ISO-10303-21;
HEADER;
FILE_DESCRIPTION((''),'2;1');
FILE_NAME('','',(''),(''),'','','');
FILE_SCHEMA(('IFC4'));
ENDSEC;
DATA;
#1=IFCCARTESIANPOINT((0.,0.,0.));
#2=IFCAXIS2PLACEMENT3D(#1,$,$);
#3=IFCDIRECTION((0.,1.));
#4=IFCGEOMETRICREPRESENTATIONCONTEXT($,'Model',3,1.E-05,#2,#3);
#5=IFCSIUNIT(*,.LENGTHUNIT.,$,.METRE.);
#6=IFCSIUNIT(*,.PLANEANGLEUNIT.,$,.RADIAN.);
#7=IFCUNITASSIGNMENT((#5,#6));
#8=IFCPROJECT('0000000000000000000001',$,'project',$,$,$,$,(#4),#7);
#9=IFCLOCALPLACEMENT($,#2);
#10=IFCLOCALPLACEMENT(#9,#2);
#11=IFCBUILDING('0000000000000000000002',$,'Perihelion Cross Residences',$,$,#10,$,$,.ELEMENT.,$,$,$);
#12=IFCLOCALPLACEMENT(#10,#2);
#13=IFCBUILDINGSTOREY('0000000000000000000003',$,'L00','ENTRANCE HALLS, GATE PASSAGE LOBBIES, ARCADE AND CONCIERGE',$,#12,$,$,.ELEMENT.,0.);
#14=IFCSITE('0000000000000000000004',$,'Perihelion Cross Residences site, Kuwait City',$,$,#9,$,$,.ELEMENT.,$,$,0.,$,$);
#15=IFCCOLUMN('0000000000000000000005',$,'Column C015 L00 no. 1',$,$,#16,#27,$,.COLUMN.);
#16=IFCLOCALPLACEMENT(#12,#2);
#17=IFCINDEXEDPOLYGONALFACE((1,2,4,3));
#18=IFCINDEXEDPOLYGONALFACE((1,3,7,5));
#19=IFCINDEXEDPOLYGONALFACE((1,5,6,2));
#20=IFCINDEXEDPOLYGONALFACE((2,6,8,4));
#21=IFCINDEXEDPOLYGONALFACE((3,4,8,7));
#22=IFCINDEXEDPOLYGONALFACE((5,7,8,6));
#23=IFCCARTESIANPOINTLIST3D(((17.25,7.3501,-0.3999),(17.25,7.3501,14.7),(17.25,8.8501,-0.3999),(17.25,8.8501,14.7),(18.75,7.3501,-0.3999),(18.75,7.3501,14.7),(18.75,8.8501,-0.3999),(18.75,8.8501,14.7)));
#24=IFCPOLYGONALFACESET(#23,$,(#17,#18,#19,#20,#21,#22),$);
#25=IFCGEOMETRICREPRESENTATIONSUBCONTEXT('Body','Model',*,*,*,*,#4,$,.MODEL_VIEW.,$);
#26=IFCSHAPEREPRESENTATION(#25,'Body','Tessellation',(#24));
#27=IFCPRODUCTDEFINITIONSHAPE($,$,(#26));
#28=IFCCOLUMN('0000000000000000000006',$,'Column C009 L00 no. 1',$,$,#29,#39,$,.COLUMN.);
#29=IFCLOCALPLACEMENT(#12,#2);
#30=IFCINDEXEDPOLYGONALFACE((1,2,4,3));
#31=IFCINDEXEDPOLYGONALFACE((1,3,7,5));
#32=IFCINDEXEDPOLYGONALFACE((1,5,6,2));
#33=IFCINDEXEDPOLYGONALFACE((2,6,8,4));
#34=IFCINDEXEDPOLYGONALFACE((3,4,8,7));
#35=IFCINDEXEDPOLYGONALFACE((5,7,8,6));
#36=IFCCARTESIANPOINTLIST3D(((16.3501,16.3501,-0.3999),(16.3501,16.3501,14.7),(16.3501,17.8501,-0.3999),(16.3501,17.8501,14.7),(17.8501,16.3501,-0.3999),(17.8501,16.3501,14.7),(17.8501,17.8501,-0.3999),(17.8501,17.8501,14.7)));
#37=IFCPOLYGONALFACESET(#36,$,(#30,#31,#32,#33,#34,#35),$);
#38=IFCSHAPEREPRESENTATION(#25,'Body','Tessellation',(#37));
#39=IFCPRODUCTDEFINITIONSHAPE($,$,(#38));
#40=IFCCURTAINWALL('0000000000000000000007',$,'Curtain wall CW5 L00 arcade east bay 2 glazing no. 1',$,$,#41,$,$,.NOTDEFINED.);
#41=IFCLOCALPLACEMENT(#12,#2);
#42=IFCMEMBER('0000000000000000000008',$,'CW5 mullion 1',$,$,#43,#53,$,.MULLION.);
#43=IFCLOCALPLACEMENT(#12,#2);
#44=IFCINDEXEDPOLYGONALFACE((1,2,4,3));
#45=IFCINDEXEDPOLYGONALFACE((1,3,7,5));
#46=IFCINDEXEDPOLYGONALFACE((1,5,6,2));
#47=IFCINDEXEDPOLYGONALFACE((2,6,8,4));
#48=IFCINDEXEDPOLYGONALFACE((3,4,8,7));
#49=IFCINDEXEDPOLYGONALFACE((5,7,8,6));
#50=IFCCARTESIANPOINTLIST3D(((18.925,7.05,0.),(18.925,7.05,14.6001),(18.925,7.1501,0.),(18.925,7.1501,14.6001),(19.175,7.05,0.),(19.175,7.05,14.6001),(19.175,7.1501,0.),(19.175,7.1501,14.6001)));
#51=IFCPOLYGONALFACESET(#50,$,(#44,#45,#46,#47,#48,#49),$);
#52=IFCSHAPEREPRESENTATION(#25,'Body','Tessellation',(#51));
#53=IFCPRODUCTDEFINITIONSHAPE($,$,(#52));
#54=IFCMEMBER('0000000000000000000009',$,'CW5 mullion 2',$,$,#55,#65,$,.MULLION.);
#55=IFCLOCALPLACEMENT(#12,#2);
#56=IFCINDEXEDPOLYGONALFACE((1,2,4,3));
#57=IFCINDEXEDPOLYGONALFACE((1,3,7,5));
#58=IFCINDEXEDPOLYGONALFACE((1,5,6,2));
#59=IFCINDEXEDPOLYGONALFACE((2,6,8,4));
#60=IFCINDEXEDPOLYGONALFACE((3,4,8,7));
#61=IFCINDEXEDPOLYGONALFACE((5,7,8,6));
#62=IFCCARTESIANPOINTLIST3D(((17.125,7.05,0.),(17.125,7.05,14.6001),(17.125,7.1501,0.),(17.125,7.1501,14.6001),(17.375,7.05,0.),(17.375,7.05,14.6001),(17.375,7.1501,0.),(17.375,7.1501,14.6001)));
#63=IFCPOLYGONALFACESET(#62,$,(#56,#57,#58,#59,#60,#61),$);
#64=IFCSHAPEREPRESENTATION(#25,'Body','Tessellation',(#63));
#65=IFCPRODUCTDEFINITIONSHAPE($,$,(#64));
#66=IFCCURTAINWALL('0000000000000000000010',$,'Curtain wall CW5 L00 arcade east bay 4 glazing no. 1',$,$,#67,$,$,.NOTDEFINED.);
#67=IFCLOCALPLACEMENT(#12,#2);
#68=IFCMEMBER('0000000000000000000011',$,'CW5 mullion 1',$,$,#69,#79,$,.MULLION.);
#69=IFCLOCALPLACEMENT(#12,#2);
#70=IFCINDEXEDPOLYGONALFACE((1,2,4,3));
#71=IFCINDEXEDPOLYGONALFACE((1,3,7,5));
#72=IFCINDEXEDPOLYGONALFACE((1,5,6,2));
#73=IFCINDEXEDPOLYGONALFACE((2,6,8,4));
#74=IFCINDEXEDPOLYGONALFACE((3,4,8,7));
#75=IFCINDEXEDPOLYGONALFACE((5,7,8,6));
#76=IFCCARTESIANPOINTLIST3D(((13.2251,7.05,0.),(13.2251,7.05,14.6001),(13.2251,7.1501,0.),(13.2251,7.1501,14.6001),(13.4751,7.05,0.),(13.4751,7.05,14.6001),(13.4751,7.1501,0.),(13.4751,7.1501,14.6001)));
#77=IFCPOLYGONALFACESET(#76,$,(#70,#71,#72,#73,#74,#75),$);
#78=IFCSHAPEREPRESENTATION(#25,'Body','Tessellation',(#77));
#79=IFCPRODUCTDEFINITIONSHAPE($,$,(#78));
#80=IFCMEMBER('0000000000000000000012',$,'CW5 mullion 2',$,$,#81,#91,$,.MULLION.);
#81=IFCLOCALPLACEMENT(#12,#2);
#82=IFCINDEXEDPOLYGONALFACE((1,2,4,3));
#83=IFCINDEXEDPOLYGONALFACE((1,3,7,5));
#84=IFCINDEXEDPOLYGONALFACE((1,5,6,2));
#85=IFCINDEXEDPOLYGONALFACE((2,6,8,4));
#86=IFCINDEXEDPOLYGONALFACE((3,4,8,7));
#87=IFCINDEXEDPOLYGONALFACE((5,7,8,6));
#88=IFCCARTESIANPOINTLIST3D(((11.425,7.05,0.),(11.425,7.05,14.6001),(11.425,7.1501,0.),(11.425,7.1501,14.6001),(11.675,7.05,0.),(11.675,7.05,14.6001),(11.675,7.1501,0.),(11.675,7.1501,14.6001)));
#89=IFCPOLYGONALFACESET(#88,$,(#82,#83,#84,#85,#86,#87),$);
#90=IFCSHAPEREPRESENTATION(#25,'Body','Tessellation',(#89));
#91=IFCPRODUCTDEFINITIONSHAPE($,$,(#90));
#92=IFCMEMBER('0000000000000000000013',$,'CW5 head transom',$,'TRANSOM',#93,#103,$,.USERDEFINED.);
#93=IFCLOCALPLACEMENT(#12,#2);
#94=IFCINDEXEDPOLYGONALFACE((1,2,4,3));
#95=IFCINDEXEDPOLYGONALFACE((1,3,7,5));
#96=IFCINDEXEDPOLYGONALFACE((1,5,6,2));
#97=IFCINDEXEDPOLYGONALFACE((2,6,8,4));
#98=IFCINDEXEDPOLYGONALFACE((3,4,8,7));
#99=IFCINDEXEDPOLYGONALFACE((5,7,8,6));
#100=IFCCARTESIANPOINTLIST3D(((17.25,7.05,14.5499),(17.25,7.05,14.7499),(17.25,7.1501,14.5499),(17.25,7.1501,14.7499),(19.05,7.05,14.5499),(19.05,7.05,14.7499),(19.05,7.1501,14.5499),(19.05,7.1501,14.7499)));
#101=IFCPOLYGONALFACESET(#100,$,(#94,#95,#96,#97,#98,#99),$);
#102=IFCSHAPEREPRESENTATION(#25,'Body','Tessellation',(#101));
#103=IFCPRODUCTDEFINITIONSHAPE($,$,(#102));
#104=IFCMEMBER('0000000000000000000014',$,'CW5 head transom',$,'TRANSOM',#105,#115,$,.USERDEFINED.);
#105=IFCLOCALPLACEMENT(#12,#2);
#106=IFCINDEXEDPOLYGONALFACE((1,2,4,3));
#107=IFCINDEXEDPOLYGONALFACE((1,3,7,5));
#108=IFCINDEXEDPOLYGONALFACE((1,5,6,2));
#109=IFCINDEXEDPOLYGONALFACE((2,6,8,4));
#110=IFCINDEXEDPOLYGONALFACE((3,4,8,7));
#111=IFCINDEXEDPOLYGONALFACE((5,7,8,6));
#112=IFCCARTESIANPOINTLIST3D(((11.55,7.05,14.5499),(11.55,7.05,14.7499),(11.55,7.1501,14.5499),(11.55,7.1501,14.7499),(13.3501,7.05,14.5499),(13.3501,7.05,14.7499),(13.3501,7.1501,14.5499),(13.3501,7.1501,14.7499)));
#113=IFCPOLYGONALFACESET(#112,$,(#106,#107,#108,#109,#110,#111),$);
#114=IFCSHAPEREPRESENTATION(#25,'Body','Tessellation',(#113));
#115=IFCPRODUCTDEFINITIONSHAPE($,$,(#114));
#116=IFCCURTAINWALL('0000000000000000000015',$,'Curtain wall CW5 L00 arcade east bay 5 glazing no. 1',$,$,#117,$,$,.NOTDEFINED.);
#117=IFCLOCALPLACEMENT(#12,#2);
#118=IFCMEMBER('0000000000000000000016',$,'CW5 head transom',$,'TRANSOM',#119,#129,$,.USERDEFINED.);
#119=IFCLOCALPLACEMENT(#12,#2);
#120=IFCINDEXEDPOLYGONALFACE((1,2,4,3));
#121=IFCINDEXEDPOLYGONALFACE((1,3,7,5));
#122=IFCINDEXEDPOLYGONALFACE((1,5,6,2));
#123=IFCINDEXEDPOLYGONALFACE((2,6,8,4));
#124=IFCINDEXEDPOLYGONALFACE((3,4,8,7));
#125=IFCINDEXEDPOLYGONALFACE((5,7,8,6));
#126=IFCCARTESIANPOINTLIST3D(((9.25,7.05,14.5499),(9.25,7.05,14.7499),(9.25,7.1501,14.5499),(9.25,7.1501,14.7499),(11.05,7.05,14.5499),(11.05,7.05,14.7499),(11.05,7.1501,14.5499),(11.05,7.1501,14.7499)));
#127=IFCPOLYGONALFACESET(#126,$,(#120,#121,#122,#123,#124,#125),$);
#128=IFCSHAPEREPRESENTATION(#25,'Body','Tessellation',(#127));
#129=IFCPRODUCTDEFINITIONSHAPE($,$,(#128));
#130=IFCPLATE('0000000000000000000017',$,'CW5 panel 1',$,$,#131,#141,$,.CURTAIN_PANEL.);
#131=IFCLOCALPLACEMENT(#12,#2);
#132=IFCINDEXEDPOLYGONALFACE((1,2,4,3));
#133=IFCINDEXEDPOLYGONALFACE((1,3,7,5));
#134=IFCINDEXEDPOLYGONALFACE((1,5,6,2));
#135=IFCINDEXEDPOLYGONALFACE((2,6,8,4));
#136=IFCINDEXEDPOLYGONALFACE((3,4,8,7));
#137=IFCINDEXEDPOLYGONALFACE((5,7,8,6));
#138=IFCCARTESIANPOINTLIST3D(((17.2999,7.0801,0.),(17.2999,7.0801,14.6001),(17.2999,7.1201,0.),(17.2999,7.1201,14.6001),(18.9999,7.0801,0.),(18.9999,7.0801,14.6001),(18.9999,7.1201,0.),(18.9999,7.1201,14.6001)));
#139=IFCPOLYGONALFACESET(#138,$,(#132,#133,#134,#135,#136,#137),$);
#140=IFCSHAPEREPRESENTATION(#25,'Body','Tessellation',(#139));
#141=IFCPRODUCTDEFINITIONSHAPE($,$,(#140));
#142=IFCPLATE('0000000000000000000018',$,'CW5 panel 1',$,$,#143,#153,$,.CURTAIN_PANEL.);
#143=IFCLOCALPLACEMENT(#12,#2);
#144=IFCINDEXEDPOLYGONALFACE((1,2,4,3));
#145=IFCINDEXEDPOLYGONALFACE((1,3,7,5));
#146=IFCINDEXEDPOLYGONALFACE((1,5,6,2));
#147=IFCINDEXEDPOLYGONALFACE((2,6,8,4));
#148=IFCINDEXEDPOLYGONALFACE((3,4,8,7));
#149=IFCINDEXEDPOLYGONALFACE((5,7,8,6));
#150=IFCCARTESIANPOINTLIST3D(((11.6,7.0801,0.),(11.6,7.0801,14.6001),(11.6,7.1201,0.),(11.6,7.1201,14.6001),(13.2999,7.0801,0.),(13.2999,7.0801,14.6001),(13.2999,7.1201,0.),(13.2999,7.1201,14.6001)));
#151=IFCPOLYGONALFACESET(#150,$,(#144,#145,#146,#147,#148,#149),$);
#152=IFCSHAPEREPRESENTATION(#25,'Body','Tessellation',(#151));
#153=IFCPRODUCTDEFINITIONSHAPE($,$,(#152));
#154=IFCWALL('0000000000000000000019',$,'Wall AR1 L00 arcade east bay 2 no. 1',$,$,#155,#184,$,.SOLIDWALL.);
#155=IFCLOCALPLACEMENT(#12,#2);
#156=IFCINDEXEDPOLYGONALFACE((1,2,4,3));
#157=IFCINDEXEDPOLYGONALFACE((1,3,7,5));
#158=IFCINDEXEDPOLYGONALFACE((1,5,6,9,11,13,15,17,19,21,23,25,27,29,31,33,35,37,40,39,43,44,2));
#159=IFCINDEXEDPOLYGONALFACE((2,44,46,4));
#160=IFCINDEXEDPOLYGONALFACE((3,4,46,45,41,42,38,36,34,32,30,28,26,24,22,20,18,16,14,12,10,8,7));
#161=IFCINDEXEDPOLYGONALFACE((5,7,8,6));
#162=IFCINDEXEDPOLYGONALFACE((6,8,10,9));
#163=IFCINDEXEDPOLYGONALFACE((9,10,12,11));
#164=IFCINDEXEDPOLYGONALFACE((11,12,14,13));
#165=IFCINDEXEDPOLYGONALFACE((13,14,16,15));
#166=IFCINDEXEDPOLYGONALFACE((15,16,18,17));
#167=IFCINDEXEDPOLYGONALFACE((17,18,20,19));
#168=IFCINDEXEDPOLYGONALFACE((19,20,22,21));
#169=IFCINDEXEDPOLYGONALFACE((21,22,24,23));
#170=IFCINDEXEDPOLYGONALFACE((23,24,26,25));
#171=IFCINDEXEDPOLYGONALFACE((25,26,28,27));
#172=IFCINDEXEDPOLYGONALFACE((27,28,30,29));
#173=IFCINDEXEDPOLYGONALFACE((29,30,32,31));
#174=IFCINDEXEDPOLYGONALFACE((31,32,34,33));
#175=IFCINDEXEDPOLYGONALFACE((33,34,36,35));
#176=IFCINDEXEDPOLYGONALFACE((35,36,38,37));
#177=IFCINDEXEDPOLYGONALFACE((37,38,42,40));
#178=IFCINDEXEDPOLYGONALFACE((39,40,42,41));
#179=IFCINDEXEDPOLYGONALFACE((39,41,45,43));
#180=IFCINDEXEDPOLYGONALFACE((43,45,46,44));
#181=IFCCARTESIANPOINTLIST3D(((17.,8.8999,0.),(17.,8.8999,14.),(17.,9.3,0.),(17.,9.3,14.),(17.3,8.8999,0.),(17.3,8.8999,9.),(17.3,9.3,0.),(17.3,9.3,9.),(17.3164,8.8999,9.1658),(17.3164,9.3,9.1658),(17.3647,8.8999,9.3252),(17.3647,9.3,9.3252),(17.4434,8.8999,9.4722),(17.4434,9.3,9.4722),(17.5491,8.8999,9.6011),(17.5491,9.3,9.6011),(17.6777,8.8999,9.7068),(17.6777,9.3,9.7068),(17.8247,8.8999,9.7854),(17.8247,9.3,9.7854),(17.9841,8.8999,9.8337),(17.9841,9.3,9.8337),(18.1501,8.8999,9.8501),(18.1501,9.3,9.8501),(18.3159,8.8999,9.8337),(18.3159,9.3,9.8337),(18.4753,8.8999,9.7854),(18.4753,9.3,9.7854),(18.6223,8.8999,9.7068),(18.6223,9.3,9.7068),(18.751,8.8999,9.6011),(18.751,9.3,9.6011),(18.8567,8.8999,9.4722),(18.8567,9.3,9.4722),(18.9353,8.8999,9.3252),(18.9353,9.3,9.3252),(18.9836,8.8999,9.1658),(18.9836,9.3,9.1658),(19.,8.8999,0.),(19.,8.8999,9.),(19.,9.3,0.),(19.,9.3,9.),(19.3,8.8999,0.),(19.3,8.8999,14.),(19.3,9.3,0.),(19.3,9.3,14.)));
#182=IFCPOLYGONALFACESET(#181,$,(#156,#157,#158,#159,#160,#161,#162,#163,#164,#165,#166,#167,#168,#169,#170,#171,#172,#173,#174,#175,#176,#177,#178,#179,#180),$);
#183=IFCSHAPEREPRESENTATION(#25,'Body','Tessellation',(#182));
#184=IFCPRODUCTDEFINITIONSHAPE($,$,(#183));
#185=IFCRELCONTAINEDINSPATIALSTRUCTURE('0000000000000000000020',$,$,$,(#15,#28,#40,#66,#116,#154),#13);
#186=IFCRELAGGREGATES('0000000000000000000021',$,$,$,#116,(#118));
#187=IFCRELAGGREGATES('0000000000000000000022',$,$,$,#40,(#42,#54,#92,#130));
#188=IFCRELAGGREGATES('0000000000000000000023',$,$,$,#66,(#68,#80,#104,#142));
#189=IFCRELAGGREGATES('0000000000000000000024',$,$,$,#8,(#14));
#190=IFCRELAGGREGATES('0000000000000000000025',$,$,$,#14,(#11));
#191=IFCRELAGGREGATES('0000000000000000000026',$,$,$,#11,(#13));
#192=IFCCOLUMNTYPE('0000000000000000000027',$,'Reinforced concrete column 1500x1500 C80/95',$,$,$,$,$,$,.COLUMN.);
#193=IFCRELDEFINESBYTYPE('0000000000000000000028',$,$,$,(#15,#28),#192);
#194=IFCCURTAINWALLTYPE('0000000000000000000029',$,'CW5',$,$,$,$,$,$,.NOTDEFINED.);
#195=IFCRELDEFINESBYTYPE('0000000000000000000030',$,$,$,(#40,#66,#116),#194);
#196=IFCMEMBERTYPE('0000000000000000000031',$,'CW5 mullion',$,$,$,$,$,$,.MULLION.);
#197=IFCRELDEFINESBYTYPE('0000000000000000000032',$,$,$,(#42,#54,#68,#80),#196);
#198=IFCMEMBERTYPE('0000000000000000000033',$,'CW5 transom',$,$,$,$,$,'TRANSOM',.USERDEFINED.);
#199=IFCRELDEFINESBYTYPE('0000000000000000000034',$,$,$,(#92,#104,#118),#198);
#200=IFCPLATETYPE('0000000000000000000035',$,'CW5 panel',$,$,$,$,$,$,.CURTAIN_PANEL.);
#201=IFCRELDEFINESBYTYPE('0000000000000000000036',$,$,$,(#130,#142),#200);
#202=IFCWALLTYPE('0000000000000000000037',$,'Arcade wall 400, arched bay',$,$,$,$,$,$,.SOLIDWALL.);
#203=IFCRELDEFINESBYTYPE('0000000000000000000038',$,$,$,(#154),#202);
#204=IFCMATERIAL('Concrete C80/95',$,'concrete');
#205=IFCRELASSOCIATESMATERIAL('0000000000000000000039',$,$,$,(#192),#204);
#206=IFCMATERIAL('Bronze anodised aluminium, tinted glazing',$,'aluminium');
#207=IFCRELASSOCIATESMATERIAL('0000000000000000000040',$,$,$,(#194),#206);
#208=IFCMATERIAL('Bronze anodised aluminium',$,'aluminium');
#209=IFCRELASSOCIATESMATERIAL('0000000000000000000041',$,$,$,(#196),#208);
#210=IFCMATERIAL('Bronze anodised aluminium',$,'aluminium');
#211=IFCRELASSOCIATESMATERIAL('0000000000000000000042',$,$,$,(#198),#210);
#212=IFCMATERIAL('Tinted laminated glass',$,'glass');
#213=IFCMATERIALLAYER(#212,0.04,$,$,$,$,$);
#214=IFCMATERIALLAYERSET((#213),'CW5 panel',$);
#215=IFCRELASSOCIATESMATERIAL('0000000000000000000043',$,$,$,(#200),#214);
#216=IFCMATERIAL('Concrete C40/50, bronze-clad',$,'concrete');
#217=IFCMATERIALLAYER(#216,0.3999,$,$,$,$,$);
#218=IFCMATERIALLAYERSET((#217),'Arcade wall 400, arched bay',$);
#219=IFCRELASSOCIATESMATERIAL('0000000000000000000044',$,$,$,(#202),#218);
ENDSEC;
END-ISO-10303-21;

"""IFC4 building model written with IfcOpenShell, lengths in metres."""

from ifc_helpers import new_model, si_unit, direction, frame, origin, origin_2d, place, context, subcontext, project, spatial, polyline, rectangle, outline, extrude, material, layer, layer_set, material_profile, profile_set, type_object, element, aggregate, save


model = new_model("IFC4")

# Units and contexts
model_context = context("Model", 3, precision=1e-05, world=origin(), true_north=direction((0.0, 1.0)))
body_context = subcontext(model_context, "Body", "Model", "MODEL_VIEW")
ifc_project = project(units=[si_unit("LENGTHUNIT", "METRE"), si_unit("PLANEANGLEUNIT", "RADIAN")], contexts=[model_context])

# Site, building, storey
site_placement = place(None, origin())
site = spatial("IfcSite", under=ifc_project, at=site_placement, Name="Perihelion Cross Residences site, Kuwait City", CompositionType="ELEMENT", RefElevation=0.0)
building_placement = place(site_placement, origin())
building = spatial("IfcBuilding", under=site, at=building_placement, Name="Perihelion Cross Residences", CompositionType="ELEMENT")
storey_placement = place(building_placement, origin())
storey = spatial("IfcBuildingStorey", under=building, at=storey_placement, Name="L00", Description="ENTRANCE HALLS, GATE PASSAGE LOBBIES, ARCADE AND CONCIERGE", CompositionType="ELEMENT", Elevation=0.0)

# Columns
ifc_material_1 = material(Name="Concrete C80/95", Category="concrete")
ifc_material_profile_1 = material_profile(ifc_material_1, rectangle(XDim=1.5, YDim=1.5, at=origin_2d()), Name="RC 1500x1500")
ifc_profile_set_1 = profile_set([ifc_material_profile_1], Name="Concrete C80/95")
column_type = type_object("IfcColumnType", Name="Reinforced concrete column 1500x1500 C80/95", PredefinedType="COLUMN", material=ifc_profile_set_1)
for number, where, z_axis, x_axis, name in (
    (1, (18.0, 8.1001, -0.3999), (0.0, 0.0, 1.0), (1.0, 0.0, 0.0), "Column C015 L00 no. 1"),
    (2, (17.1001, 17.1001, -0.3999), (0.0, 0.0, 1.0), (1.0, 0.0, 0.0), "Column C009 L00 no. 1"),
):
    element("IfcColumn", number, at=place(storey_placement, frame(where, z_axis=z_axis, x_axis=x_axis)), inside=storey, type_object=column_type, Name=name, PredefinedType="COLUMN", context=body_context, shape_type="SweptSolid", body=[
        extrude(rectangle(XDim=1.5, YDim=1.5, at=origin_2d()), origin(), (0.0, 0.0, 1.0), 15.0999),
    ])

# Curtain walls, members
ifc_material_2 = material(Name="Bronze anodised aluminium, tinted glazing", Category="aluminium")
curtain_wall_type = type_object("IfcCurtainWallType", Name="CW5", PredefinedType="NOTDEFINED", material=ifc_material_2)
curtain_wall_1_placement = place(storey_placement, origin())
curtain_wall_1 = element("IfcCurtainWall", 3, at=curtain_wall_1_placement, inside=storey, type_object=curtain_wall_type, Name="Curtain wall CW5 L00 arcade east bay 2 glazing no. 1", PredefinedType="NOTDEFINED")
ifc_material_3 = material(Name="Bronze anodised aluminium", Category="aluminium")
ifc_material_profile_2 = material_profile(ifc_material_3, rectangle(XDim=0.1001, YDim=0.25, at=origin_2d()), Name="CW5 mullion")
ifc_profile_set_2 = profile_set([ifc_material_profile_2], Name="Bronze anodised aluminium")
member_type_1 = type_object("IfcMemberType", Name="CW5 mullion", PredefinedType="MULLION", material=ifc_profile_set_2)
member_1_placement = place(storey_placement, frame((19.05, 7.1001, 0.0), z_axis=(0.0, 0.0, 1.0), x_axis=(0.0, -1.0, 0.0)))
member_1 = element("IfcMember", 4, at=member_1_placement, type_object=member_type_1, Name="CW5 mullion 1", PredefinedType="MULLION", context=body_context, shape_type="SweptSolid", body=[
    extrude(rectangle(XDim=0.1001, YDim=0.25, at=origin_2d()), origin(), (0.0, 0.0, 1.0), 14.6001),
])
member_2_placement = place(storey_placement, frame((17.25, 7.1001, 0.0), z_axis=(0.0, 0.0, 1.0), x_axis=(0.0, -1.0, 0.0)))
member_2 = element("IfcMember", 5, at=member_2_placement, type_object=member_type_1, Name="CW5 mullion 2", PredefinedType="MULLION", context=body_context, shape_type="SweptSolid", body=[
    extrude(rectangle(XDim=0.1001, YDim=0.25, at=origin_2d()), origin(), (0.0, 0.0, 1.0), 14.6001),
])
curtain_wall_2_placement = place(storey_placement, origin())
curtain_wall_2 = element("IfcCurtainWall", 6, at=curtain_wall_2_placement, inside=storey, type_object=curtain_wall_type, Name="Curtain wall CW5 L00 arcade east bay 4 glazing no. 1", PredefinedType="NOTDEFINED")
member_3_placement = place(storey_placement, frame((13.3501, 7.1001, 0.0), z_axis=(0.0, 0.0, 1.0), x_axis=(0.0, -1.0, 0.0)))
member_3 = element("IfcMember", 7, at=member_3_placement, type_object=member_type_1, Name="CW5 mullion 1", PredefinedType="MULLION", context=body_context, shape_type="SweptSolid", body=[
    extrude(rectangle(XDim=0.1001, YDim=0.25, at=origin_2d()), origin(), (0.0, 0.0, 1.0), 14.6001),
])
member_4_placement = place(storey_placement, frame((11.55, 7.1001, 0.0), z_axis=(0.0, 0.0, 1.0), x_axis=(0.0, -1.0, 0.0)))
member_4 = element("IfcMember", 8, at=member_4_placement, type_object=member_type_1, Name="CW5 mullion 2", PredefinedType="MULLION", context=body_context, shape_type="SweptSolid", body=[
    extrude(rectangle(XDim=0.1001, YDim=0.25, at=origin_2d()), origin(), (0.0, 0.0, 1.0), 14.6001),
])

# Members
ifc_material_4 = material(Name="Bronze anodised aluminium", Category="aluminium")
ifc_material_profile_3 = material_profile(ifc_material_4, rectangle(XDim=0.1001, YDim=0.2, at=origin_2d()), Name="CW5 transom")
ifc_profile_set_3 = profile_set([ifc_material_profile_3], Name="Bronze anodised aluminium")
member_type_2 = type_object("IfcMemberType", Name="CW5 transom", ElementType="TRANSOM", PredefinedType="USERDEFINED", material=ifc_profile_set_3)
member_5_placement = place(storey_placement, frame((19.05, 7.1001, 14.6499), z_axis=(-1.0, 0.0, 0.0), x_axis=(0.0, -1.0, 0.0)))
member_5 = element("IfcMember", 9, at=member_5_placement, type_object=member_type_2, Name="CW5 head transom", ObjectType="TRANSOM", PredefinedType="USERDEFINED", context=body_context, shape_type="SweptSolid", body=[
    extrude(rectangle(XDim=0.1001, YDim=0.2, at=origin_2d()), origin(), (0.0, 0.0, 1.0), 1.8),
])
member_6_placement = place(storey_placement, frame((13.3501, 7.1001, 14.6499), z_axis=(-1.0, 0.0, 0.0), x_axis=(0.0, -1.0, 0.0)))
member_6 = element("IfcMember", 10, at=member_6_placement, type_object=member_type_2, Name="CW5 head transom", ObjectType="TRANSOM", PredefinedType="USERDEFINED", context=body_context, shape_type="SweptSolid", body=[
    extrude(rectangle(XDim=0.1001, YDim=0.2, at=origin_2d()), origin(), (0.0, 0.0, 1.0), 1.8),
])

# Curtain wall, member
curtain_wall_3_placement = place(storey_placement, origin())
curtain_wall_3 = element("IfcCurtainWall", 11, at=curtain_wall_3_placement, inside=storey, type_object=curtain_wall_type, Name="Curtain wall CW5 L00 arcade east bay 5 glazing no. 1", PredefinedType="NOTDEFINED")
member_7_placement = place(storey_placement, frame((11.05, 7.1001, 14.6499), z_axis=(-1.0, 0.0, 0.0), x_axis=(0.0, -1.0, 0.0)))
member_7 = element("IfcMember", 12, at=member_7_placement, type_object=member_type_2, Name="CW5 head transom", ObjectType="TRANSOM", PredefinedType="USERDEFINED", context=body_context, shape_type="SweptSolid", body=[
    extrude(rectangle(XDim=0.1001, YDim=0.2, at=origin_2d()), origin(), (0.0, 0.0, 1.0), 1.8),
])
aggregate(curtain_wall_3, [member_7])

# Plates
ifc_material_5 = material(Name="Tinted laminated glass", Category="glass")
ifc_layer_1 = layer(ifc_material_5, 0.04)
ifc_layer_set_1 = layer_set([ifc_layer_1], Name="CW5 panel")
plate_type = type_object("IfcPlateType", Name="CW5 panel", PredefinedType="CURTAIN_PANEL", material=ifc_layer_set_1)
plate_1_placement = place(storey_placement, frame((18.1499, 7.1001, 0.0), z_axis=(0.0, 0.0, 1.0), x_axis=(-1.0, 0.0, 0.0)))
plate_1 = element("IfcPlate", 13, at=plate_1_placement, type_object=plate_type, Name="CW5 panel 1", PredefinedType="CURTAIN_PANEL", context=body_context, shape_type="SweptSolid", body=[
    extrude(rectangle(XDim=1.7, YDim=0.04, at=origin_2d()), origin(), (0.0, 0.0, 1.0), 14.6001),
])
aggregate(curtain_wall_1, [member_1, member_2, member_5, plate_1])
plate_2_placement = place(storey_placement, frame((12.45, 7.1001, 0.0), z_axis=(0.0, 0.0, 1.0), x_axis=(-1.0, 0.0, 0.0)))
plate_2 = element("IfcPlate", 14, at=plate_2_placement, type_object=plate_type, Name="CW5 panel 1", PredefinedType="CURTAIN_PANEL", context=body_context, shape_type="SweptSolid", body=[
    extrude(rectangle(XDim=1.7, YDim=0.04, at=origin_2d()), origin(), (0.0, 0.0, 1.0), 14.6001),
])
aggregate(curtain_wall_2, [member_3, member_4, member_6, plate_2])

# Wall
ifc_material_6 = material(Name="Concrete C40/50, bronze-clad", Category="concrete")
ifc_layer_2 = layer(ifc_material_6, 0.3999)
ifc_layer_set_2 = layer_set([ifc_layer_2], Name="Arcade wall 400, arched bay")
wall_type_1 = type_object("IfcWallType", Name="Arcade wall 400, arched bay", PredefinedType="SOLIDWALL", material=ifc_layer_set_2)
wall_1_placement = place(storey_placement, frame((19.3, 8.8999, 0.0), z_axis=(0.0, 1.0, 0.0), x_axis=(-1.0, 0.0, 0.0)))
element("IfcWall", 15, at=wall_1_placement, inside=storey, type_object=wall_type_1, Name="Wall AR1 L00 arcade east bay 2 no. 1", PredefinedType="SOLIDWALL", context=body_context, shape_type="SweptSolid", body=[
    extrude(outline(polyline([(0.0, 0.0), (0.3, 0.0), (0.3, 9.0), (0.3164, 9.1658), (0.3647, 9.3252), (0.4434, 9.4722), (0.5491, 9.6011), (0.6777, 9.7068), (0.8247, 9.7854), (0.9841, 9.8337), (1.1499, 9.8501), (1.3159, 9.8337), (1.4753, 9.7854), (1.6223, 9.7068), (1.751, 9.6011), (1.8567, 9.4722), (1.9353, 9.3252), (1.9836, 9.1658), (2.0, 9.0), (2.0, 0.0), (2.3, 0.0), (2.3, 14.0), (0.0, 14.0), (0.0, 0.0)])), origin(), (0.0, 0.0, 1.0), 0.4001),
])

save(model, "model.ifc")
